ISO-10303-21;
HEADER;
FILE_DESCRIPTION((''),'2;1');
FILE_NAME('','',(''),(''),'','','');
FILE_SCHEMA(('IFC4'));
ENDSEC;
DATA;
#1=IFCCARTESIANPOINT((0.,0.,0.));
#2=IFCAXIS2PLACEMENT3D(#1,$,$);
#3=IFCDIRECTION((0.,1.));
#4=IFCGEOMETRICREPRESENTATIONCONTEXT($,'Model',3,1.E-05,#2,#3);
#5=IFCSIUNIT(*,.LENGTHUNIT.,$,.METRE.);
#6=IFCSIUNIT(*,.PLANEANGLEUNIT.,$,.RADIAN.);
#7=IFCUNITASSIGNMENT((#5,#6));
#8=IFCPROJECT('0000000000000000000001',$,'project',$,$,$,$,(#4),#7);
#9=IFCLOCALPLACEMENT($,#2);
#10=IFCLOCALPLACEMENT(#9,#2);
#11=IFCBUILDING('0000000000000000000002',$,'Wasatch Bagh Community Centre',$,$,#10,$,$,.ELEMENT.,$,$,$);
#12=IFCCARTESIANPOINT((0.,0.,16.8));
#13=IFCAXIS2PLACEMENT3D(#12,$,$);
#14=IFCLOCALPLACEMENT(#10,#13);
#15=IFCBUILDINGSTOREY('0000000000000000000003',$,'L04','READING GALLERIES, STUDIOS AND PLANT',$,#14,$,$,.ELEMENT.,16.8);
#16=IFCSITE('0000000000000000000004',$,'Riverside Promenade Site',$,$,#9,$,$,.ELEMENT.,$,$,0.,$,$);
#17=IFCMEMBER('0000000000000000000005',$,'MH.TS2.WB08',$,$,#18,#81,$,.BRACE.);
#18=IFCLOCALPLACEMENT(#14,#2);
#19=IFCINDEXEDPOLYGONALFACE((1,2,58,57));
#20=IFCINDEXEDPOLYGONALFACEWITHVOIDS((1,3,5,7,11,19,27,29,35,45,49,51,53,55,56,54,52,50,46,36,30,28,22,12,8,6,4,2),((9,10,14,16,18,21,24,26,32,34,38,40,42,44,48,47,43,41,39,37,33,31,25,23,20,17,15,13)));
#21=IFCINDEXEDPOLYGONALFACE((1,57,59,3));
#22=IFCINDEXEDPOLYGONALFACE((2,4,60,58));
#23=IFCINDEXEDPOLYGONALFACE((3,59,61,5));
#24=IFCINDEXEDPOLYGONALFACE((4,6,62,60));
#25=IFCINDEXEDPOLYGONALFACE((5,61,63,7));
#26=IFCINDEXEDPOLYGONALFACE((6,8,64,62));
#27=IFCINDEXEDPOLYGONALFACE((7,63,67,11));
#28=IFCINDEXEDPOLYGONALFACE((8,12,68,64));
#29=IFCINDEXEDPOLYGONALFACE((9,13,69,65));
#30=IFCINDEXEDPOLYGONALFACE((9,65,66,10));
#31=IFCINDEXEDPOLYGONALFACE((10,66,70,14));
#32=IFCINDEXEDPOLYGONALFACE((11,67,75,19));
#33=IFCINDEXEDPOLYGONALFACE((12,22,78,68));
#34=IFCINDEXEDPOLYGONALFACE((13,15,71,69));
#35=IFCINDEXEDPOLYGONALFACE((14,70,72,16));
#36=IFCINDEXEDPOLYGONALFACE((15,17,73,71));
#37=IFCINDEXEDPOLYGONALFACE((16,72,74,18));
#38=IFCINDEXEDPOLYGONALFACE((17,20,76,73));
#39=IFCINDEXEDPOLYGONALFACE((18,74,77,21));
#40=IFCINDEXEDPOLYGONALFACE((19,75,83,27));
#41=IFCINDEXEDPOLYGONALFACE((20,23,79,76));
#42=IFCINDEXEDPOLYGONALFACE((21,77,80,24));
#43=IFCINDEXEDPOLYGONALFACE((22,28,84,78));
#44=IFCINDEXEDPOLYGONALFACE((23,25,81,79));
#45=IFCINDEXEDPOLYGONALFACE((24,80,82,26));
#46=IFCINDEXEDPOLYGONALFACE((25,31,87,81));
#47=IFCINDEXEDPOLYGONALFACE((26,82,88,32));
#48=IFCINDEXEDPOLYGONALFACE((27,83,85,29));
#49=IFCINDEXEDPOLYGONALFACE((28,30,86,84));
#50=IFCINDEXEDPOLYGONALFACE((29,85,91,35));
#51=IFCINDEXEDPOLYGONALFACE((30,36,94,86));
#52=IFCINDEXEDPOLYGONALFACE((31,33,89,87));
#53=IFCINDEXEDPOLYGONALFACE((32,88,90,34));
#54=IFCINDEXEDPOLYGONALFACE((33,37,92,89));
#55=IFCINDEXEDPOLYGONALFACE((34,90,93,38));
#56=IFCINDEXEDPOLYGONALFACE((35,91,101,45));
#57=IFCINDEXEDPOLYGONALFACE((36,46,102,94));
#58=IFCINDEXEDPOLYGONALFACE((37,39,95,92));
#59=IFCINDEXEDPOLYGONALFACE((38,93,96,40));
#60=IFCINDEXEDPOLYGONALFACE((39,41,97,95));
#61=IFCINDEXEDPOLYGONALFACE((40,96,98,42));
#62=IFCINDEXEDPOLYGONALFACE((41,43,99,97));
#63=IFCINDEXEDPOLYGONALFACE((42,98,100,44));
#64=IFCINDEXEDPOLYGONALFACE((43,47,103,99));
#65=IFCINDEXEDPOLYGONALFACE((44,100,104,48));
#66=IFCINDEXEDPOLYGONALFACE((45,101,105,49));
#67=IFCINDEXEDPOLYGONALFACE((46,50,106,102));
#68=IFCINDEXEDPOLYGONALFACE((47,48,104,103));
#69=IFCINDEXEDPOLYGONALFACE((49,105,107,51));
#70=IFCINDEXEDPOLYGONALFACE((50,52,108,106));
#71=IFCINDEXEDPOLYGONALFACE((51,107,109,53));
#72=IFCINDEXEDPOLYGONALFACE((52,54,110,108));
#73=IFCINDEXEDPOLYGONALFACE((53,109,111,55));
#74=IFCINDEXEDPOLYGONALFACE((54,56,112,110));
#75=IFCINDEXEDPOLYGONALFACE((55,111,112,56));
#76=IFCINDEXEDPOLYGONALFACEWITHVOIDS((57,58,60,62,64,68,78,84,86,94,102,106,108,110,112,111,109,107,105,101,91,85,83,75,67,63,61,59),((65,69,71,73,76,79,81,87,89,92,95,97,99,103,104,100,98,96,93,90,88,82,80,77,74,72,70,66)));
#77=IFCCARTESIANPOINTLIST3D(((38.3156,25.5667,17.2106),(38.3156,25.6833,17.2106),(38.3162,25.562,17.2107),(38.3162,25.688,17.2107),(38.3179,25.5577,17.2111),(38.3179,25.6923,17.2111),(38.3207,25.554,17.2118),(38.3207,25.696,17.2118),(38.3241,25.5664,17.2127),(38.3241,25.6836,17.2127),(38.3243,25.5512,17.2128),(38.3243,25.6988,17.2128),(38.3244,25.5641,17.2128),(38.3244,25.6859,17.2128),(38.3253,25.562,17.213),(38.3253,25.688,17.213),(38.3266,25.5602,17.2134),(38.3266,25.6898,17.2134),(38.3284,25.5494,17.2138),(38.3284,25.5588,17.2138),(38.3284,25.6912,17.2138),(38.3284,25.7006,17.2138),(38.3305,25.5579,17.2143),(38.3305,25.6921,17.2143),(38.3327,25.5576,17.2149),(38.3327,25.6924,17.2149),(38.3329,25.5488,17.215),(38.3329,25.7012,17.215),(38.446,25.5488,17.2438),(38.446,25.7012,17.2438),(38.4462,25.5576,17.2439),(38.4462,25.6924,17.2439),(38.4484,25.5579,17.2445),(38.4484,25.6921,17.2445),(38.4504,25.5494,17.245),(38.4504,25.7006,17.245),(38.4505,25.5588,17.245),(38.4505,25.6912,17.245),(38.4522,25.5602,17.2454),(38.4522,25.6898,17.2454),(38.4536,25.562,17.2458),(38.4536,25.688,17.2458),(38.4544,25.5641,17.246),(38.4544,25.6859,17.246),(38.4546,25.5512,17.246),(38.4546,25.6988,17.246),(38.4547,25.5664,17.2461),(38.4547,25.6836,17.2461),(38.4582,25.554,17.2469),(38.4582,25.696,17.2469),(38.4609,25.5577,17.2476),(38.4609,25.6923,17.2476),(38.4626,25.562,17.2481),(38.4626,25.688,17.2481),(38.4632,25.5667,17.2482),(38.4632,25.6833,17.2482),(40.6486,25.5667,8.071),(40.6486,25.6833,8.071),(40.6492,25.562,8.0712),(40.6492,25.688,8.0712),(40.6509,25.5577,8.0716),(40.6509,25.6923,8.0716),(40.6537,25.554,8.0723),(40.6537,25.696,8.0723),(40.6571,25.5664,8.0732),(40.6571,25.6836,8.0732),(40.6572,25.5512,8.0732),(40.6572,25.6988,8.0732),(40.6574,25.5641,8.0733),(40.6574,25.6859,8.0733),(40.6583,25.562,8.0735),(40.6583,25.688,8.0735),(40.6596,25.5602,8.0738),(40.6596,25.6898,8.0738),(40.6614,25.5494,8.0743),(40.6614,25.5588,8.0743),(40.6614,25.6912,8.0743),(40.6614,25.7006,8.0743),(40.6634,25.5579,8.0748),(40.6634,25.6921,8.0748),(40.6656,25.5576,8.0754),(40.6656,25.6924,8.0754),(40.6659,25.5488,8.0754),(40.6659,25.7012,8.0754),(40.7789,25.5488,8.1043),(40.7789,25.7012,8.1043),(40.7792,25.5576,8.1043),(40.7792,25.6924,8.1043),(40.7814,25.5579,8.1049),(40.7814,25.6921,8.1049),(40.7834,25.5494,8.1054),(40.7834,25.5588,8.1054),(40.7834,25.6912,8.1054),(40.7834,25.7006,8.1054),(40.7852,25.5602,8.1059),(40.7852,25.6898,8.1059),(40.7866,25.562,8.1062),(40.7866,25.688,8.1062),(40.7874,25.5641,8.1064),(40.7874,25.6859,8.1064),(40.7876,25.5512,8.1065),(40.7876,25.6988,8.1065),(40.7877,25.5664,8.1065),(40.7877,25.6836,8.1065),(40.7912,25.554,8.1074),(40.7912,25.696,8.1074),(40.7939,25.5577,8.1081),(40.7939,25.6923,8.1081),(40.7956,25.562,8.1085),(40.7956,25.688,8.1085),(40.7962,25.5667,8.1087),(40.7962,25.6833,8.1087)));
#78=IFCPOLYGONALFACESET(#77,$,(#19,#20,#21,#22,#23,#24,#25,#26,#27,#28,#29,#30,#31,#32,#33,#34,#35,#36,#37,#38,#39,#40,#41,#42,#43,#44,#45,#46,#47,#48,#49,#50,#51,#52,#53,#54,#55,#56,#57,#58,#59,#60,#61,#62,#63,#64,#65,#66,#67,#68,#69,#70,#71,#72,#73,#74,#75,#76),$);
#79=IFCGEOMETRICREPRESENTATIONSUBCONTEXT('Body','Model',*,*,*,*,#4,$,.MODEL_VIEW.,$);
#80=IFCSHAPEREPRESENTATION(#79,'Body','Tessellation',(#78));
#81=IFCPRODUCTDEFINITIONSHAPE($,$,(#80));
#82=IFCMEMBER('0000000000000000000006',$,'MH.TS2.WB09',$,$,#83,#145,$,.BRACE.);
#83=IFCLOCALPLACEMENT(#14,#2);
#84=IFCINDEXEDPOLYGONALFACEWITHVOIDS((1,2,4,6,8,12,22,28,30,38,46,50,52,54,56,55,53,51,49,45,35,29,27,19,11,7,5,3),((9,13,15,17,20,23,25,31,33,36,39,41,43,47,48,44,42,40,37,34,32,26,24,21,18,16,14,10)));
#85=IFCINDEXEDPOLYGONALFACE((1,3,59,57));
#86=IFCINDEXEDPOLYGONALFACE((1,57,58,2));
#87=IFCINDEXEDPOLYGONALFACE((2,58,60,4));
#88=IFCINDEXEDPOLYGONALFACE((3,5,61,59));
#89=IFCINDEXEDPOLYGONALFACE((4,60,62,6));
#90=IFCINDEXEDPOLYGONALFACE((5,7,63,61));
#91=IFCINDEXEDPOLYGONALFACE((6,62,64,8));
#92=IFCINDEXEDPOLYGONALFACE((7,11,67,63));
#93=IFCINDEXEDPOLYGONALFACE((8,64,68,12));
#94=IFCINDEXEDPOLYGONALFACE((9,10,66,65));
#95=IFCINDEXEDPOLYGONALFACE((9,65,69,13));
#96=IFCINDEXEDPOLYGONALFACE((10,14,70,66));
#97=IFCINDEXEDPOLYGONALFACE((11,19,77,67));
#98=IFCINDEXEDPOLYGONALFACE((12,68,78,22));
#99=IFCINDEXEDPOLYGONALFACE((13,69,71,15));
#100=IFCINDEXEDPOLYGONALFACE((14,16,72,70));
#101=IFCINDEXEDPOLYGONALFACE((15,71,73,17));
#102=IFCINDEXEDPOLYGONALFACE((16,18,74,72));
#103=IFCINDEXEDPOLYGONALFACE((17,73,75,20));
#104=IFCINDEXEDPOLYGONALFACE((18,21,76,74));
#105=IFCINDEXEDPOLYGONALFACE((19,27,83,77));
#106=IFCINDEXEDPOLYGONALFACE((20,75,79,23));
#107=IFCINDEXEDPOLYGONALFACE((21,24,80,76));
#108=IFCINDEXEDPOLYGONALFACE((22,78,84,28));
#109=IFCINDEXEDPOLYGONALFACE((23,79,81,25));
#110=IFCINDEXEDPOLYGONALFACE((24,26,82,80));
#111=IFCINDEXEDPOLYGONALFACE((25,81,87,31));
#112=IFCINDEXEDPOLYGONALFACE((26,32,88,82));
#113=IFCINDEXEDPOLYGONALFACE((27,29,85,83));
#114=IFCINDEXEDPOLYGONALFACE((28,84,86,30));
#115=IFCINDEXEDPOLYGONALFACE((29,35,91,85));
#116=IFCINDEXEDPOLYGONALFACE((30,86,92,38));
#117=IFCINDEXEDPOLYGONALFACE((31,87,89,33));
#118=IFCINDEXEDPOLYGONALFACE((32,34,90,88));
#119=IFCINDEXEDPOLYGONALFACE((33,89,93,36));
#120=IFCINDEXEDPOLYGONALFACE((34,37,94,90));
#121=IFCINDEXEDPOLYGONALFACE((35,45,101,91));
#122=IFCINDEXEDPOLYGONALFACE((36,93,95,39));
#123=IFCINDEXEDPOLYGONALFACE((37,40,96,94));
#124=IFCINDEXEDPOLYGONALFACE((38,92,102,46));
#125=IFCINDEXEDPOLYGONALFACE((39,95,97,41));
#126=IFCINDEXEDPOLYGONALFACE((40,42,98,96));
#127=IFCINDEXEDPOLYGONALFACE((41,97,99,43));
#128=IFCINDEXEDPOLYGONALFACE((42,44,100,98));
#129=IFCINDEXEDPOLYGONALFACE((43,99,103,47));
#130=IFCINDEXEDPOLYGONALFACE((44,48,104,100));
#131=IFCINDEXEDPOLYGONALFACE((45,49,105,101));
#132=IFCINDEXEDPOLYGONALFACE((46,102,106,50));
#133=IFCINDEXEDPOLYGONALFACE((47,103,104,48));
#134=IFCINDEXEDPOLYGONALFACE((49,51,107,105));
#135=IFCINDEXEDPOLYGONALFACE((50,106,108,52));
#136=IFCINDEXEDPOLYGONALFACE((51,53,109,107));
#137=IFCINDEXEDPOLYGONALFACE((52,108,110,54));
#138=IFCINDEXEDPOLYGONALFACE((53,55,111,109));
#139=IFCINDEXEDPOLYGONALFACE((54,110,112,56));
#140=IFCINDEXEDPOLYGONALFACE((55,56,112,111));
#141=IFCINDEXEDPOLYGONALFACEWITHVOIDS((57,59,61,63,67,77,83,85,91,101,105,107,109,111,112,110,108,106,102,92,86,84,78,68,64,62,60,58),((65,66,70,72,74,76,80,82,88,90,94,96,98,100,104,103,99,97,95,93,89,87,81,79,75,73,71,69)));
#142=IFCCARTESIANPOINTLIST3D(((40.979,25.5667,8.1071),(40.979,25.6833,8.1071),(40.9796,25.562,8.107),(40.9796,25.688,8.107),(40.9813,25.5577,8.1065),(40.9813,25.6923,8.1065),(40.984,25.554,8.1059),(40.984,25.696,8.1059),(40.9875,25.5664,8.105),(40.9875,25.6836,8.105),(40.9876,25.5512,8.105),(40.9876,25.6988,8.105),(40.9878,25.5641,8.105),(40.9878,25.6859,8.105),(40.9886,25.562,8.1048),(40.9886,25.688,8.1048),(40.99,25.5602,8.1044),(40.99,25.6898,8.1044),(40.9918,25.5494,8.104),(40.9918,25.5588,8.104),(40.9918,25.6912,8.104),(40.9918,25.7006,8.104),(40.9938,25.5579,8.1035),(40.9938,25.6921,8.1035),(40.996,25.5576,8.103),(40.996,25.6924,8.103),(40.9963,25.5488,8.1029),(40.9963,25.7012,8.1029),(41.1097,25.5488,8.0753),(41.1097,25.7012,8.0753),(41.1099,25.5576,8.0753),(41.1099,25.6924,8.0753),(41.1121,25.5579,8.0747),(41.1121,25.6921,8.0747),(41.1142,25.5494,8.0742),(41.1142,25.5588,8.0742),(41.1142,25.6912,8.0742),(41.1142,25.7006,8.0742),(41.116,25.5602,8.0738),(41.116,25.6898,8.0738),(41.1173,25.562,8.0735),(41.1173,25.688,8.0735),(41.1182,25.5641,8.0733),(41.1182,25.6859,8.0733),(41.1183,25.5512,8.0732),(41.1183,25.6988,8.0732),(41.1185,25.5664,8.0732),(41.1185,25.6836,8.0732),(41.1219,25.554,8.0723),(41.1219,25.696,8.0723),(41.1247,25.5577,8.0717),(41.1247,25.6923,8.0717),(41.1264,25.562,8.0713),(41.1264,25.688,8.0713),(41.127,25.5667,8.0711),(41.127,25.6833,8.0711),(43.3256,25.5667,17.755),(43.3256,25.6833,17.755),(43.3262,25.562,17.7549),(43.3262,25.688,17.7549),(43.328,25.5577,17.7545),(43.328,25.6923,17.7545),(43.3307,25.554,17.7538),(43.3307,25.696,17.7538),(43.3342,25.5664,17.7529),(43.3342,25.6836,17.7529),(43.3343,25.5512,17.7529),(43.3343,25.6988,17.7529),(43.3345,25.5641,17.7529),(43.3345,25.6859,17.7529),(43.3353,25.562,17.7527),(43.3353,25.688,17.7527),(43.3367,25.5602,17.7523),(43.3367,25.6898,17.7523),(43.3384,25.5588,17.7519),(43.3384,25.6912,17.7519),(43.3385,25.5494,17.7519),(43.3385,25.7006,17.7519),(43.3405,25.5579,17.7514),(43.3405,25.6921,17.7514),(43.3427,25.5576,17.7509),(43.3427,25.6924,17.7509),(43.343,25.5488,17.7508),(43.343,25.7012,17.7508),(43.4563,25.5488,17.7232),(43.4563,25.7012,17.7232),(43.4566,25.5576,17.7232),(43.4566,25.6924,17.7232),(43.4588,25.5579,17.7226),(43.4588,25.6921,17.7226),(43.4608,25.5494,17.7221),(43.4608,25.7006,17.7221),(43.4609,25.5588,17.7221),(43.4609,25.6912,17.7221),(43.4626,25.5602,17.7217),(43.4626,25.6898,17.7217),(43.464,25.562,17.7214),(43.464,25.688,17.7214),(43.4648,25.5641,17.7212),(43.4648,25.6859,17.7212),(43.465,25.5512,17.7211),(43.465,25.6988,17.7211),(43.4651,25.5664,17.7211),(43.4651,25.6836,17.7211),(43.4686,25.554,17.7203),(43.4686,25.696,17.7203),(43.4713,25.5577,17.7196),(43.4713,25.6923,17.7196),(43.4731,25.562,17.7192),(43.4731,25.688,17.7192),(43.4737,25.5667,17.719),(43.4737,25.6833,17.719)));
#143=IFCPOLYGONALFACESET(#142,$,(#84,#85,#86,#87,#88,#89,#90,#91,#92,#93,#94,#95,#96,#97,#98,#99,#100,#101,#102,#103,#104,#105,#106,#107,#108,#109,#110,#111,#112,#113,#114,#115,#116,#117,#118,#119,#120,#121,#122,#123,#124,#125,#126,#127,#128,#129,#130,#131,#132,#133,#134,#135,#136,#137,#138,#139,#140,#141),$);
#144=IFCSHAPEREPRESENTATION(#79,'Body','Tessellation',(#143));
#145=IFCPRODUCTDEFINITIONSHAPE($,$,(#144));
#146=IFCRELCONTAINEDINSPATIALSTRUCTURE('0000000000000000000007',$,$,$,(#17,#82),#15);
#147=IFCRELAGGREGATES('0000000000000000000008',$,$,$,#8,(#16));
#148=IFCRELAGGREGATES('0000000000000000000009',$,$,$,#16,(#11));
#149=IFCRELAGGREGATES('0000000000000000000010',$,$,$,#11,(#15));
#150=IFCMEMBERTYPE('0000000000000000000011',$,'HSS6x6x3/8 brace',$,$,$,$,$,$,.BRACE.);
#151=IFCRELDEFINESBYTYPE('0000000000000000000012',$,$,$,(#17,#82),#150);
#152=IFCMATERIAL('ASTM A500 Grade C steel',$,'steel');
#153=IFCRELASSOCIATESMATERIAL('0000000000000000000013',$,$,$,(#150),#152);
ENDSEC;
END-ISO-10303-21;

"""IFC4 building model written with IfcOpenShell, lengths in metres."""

from ifc_helpers import new_model, si_unit, direction, frame, origin, origin_2d, place, context, subcontext, project, spatial, hollow_rectangle, extrude, material, material_profile, profile_set, type_object, element, save


model = new_model("IFC4")

# Units and contexts
model_context = context("Model", 3, precision=1e-05, world=origin(), true_north=direction((0.0, 1.0)))
body_context = subcontext(model_context, "Body", "Model", "MODEL_VIEW")
ifc_project = project(units=[si_unit("LENGTHUNIT", "METRE"), si_unit("PLANEANGLEUNIT", "RADIAN")], contexts=[model_context])

# Site, building, storey
site_placement = place(None, origin())
site = spatial("IfcSite", under=ifc_project, at=site_placement, Name="Riverside Promenade Site", CompositionType="ELEMENT", RefElevation=0.0)
building_placement = place(site_placement, origin())
building = spatial("IfcBuilding", under=site, at=building_placement, Name="Wasatch Bagh Community Centre", CompositionType="ELEMENT")
storey_placement = place(building_placement, frame((0.0, 0.0, 16.8)))
storey = spatial("IfcBuildingStorey", under=building, at=storey_placement, Name="L04", Description="READING GALLERIES, STUDIOS AND PLANT", CompositionType="ELEMENT", Elevation=16.8)

# Members
ifc_material_1 = material(Name="ASTM A500 Grade C steel", Category="steel")
ifc_material_profile_1 = material_profile(ifc_material_1, hollow_rectangle(XDim=0.1523, YDim=0.1523, WallThickness=0.0088, InnerFilletRadius=0.0088, OuterFilletRadius=0.0178, at=origin_2d()), Name="HSS6x6x3/8")
ifc_profile_set_1 = profile_set([ifc_material_profile_1], Name="ASTM A500 Grade C steel")
member_type_1 = type_object("IfcMemberType", Name="HSS6x6x3/8 brace", PredefinedType="BRACE", material=ifc_profile_set_1)
member_1_placement = place(storey_placement, frame((40.7224, 25.625, 8.0898), z_axis=(-0.247332, 0.0, 0.968931), x_axis=(0.0, -1.0, 0.0)))
element("IfcMember", 1, at=member_1_placement, inside=storey, type_object=member_type_1, Name="MH.TS2.WB08", PredefinedType="BRACE", context=body_context, shape_type="SweptSolid", body=[
    extrude(hollow_rectangle(XDim=0.1523, YDim=0.1523, WallThickness=0.0088, InnerFilletRadius=0.0088, OuterFilletRadius=0.0178, at=origin_2d()), origin(), (0.0, 0.0, 1.0), 9.4326),
])
member_2_placement = place(storey_placement, frame((41.053, 25.625, 8.0891), z_axis=(0.23634, 0.0, 0.97167), x_axis=(0.0, 1.0, 0.0)))
element("IfcMember", 2, at=member_2_placement, inside=storey, type_object=member_type_1, Name="MH.TS2.WB09", PredefinedType="BRACE", context=body_context, shape_type="SweptSolid", body=[
    extrude(hollow_rectangle(XDim=0.1523, YDim=0.1523, WallThickness=0.0088, InnerFilletRadius=0.0088, OuterFilletRadius=0.0178, at=origin_2d()), origin(), (0.0, 0.0, 1.0), 9.9292),
])

save(model, "model.ifc")
